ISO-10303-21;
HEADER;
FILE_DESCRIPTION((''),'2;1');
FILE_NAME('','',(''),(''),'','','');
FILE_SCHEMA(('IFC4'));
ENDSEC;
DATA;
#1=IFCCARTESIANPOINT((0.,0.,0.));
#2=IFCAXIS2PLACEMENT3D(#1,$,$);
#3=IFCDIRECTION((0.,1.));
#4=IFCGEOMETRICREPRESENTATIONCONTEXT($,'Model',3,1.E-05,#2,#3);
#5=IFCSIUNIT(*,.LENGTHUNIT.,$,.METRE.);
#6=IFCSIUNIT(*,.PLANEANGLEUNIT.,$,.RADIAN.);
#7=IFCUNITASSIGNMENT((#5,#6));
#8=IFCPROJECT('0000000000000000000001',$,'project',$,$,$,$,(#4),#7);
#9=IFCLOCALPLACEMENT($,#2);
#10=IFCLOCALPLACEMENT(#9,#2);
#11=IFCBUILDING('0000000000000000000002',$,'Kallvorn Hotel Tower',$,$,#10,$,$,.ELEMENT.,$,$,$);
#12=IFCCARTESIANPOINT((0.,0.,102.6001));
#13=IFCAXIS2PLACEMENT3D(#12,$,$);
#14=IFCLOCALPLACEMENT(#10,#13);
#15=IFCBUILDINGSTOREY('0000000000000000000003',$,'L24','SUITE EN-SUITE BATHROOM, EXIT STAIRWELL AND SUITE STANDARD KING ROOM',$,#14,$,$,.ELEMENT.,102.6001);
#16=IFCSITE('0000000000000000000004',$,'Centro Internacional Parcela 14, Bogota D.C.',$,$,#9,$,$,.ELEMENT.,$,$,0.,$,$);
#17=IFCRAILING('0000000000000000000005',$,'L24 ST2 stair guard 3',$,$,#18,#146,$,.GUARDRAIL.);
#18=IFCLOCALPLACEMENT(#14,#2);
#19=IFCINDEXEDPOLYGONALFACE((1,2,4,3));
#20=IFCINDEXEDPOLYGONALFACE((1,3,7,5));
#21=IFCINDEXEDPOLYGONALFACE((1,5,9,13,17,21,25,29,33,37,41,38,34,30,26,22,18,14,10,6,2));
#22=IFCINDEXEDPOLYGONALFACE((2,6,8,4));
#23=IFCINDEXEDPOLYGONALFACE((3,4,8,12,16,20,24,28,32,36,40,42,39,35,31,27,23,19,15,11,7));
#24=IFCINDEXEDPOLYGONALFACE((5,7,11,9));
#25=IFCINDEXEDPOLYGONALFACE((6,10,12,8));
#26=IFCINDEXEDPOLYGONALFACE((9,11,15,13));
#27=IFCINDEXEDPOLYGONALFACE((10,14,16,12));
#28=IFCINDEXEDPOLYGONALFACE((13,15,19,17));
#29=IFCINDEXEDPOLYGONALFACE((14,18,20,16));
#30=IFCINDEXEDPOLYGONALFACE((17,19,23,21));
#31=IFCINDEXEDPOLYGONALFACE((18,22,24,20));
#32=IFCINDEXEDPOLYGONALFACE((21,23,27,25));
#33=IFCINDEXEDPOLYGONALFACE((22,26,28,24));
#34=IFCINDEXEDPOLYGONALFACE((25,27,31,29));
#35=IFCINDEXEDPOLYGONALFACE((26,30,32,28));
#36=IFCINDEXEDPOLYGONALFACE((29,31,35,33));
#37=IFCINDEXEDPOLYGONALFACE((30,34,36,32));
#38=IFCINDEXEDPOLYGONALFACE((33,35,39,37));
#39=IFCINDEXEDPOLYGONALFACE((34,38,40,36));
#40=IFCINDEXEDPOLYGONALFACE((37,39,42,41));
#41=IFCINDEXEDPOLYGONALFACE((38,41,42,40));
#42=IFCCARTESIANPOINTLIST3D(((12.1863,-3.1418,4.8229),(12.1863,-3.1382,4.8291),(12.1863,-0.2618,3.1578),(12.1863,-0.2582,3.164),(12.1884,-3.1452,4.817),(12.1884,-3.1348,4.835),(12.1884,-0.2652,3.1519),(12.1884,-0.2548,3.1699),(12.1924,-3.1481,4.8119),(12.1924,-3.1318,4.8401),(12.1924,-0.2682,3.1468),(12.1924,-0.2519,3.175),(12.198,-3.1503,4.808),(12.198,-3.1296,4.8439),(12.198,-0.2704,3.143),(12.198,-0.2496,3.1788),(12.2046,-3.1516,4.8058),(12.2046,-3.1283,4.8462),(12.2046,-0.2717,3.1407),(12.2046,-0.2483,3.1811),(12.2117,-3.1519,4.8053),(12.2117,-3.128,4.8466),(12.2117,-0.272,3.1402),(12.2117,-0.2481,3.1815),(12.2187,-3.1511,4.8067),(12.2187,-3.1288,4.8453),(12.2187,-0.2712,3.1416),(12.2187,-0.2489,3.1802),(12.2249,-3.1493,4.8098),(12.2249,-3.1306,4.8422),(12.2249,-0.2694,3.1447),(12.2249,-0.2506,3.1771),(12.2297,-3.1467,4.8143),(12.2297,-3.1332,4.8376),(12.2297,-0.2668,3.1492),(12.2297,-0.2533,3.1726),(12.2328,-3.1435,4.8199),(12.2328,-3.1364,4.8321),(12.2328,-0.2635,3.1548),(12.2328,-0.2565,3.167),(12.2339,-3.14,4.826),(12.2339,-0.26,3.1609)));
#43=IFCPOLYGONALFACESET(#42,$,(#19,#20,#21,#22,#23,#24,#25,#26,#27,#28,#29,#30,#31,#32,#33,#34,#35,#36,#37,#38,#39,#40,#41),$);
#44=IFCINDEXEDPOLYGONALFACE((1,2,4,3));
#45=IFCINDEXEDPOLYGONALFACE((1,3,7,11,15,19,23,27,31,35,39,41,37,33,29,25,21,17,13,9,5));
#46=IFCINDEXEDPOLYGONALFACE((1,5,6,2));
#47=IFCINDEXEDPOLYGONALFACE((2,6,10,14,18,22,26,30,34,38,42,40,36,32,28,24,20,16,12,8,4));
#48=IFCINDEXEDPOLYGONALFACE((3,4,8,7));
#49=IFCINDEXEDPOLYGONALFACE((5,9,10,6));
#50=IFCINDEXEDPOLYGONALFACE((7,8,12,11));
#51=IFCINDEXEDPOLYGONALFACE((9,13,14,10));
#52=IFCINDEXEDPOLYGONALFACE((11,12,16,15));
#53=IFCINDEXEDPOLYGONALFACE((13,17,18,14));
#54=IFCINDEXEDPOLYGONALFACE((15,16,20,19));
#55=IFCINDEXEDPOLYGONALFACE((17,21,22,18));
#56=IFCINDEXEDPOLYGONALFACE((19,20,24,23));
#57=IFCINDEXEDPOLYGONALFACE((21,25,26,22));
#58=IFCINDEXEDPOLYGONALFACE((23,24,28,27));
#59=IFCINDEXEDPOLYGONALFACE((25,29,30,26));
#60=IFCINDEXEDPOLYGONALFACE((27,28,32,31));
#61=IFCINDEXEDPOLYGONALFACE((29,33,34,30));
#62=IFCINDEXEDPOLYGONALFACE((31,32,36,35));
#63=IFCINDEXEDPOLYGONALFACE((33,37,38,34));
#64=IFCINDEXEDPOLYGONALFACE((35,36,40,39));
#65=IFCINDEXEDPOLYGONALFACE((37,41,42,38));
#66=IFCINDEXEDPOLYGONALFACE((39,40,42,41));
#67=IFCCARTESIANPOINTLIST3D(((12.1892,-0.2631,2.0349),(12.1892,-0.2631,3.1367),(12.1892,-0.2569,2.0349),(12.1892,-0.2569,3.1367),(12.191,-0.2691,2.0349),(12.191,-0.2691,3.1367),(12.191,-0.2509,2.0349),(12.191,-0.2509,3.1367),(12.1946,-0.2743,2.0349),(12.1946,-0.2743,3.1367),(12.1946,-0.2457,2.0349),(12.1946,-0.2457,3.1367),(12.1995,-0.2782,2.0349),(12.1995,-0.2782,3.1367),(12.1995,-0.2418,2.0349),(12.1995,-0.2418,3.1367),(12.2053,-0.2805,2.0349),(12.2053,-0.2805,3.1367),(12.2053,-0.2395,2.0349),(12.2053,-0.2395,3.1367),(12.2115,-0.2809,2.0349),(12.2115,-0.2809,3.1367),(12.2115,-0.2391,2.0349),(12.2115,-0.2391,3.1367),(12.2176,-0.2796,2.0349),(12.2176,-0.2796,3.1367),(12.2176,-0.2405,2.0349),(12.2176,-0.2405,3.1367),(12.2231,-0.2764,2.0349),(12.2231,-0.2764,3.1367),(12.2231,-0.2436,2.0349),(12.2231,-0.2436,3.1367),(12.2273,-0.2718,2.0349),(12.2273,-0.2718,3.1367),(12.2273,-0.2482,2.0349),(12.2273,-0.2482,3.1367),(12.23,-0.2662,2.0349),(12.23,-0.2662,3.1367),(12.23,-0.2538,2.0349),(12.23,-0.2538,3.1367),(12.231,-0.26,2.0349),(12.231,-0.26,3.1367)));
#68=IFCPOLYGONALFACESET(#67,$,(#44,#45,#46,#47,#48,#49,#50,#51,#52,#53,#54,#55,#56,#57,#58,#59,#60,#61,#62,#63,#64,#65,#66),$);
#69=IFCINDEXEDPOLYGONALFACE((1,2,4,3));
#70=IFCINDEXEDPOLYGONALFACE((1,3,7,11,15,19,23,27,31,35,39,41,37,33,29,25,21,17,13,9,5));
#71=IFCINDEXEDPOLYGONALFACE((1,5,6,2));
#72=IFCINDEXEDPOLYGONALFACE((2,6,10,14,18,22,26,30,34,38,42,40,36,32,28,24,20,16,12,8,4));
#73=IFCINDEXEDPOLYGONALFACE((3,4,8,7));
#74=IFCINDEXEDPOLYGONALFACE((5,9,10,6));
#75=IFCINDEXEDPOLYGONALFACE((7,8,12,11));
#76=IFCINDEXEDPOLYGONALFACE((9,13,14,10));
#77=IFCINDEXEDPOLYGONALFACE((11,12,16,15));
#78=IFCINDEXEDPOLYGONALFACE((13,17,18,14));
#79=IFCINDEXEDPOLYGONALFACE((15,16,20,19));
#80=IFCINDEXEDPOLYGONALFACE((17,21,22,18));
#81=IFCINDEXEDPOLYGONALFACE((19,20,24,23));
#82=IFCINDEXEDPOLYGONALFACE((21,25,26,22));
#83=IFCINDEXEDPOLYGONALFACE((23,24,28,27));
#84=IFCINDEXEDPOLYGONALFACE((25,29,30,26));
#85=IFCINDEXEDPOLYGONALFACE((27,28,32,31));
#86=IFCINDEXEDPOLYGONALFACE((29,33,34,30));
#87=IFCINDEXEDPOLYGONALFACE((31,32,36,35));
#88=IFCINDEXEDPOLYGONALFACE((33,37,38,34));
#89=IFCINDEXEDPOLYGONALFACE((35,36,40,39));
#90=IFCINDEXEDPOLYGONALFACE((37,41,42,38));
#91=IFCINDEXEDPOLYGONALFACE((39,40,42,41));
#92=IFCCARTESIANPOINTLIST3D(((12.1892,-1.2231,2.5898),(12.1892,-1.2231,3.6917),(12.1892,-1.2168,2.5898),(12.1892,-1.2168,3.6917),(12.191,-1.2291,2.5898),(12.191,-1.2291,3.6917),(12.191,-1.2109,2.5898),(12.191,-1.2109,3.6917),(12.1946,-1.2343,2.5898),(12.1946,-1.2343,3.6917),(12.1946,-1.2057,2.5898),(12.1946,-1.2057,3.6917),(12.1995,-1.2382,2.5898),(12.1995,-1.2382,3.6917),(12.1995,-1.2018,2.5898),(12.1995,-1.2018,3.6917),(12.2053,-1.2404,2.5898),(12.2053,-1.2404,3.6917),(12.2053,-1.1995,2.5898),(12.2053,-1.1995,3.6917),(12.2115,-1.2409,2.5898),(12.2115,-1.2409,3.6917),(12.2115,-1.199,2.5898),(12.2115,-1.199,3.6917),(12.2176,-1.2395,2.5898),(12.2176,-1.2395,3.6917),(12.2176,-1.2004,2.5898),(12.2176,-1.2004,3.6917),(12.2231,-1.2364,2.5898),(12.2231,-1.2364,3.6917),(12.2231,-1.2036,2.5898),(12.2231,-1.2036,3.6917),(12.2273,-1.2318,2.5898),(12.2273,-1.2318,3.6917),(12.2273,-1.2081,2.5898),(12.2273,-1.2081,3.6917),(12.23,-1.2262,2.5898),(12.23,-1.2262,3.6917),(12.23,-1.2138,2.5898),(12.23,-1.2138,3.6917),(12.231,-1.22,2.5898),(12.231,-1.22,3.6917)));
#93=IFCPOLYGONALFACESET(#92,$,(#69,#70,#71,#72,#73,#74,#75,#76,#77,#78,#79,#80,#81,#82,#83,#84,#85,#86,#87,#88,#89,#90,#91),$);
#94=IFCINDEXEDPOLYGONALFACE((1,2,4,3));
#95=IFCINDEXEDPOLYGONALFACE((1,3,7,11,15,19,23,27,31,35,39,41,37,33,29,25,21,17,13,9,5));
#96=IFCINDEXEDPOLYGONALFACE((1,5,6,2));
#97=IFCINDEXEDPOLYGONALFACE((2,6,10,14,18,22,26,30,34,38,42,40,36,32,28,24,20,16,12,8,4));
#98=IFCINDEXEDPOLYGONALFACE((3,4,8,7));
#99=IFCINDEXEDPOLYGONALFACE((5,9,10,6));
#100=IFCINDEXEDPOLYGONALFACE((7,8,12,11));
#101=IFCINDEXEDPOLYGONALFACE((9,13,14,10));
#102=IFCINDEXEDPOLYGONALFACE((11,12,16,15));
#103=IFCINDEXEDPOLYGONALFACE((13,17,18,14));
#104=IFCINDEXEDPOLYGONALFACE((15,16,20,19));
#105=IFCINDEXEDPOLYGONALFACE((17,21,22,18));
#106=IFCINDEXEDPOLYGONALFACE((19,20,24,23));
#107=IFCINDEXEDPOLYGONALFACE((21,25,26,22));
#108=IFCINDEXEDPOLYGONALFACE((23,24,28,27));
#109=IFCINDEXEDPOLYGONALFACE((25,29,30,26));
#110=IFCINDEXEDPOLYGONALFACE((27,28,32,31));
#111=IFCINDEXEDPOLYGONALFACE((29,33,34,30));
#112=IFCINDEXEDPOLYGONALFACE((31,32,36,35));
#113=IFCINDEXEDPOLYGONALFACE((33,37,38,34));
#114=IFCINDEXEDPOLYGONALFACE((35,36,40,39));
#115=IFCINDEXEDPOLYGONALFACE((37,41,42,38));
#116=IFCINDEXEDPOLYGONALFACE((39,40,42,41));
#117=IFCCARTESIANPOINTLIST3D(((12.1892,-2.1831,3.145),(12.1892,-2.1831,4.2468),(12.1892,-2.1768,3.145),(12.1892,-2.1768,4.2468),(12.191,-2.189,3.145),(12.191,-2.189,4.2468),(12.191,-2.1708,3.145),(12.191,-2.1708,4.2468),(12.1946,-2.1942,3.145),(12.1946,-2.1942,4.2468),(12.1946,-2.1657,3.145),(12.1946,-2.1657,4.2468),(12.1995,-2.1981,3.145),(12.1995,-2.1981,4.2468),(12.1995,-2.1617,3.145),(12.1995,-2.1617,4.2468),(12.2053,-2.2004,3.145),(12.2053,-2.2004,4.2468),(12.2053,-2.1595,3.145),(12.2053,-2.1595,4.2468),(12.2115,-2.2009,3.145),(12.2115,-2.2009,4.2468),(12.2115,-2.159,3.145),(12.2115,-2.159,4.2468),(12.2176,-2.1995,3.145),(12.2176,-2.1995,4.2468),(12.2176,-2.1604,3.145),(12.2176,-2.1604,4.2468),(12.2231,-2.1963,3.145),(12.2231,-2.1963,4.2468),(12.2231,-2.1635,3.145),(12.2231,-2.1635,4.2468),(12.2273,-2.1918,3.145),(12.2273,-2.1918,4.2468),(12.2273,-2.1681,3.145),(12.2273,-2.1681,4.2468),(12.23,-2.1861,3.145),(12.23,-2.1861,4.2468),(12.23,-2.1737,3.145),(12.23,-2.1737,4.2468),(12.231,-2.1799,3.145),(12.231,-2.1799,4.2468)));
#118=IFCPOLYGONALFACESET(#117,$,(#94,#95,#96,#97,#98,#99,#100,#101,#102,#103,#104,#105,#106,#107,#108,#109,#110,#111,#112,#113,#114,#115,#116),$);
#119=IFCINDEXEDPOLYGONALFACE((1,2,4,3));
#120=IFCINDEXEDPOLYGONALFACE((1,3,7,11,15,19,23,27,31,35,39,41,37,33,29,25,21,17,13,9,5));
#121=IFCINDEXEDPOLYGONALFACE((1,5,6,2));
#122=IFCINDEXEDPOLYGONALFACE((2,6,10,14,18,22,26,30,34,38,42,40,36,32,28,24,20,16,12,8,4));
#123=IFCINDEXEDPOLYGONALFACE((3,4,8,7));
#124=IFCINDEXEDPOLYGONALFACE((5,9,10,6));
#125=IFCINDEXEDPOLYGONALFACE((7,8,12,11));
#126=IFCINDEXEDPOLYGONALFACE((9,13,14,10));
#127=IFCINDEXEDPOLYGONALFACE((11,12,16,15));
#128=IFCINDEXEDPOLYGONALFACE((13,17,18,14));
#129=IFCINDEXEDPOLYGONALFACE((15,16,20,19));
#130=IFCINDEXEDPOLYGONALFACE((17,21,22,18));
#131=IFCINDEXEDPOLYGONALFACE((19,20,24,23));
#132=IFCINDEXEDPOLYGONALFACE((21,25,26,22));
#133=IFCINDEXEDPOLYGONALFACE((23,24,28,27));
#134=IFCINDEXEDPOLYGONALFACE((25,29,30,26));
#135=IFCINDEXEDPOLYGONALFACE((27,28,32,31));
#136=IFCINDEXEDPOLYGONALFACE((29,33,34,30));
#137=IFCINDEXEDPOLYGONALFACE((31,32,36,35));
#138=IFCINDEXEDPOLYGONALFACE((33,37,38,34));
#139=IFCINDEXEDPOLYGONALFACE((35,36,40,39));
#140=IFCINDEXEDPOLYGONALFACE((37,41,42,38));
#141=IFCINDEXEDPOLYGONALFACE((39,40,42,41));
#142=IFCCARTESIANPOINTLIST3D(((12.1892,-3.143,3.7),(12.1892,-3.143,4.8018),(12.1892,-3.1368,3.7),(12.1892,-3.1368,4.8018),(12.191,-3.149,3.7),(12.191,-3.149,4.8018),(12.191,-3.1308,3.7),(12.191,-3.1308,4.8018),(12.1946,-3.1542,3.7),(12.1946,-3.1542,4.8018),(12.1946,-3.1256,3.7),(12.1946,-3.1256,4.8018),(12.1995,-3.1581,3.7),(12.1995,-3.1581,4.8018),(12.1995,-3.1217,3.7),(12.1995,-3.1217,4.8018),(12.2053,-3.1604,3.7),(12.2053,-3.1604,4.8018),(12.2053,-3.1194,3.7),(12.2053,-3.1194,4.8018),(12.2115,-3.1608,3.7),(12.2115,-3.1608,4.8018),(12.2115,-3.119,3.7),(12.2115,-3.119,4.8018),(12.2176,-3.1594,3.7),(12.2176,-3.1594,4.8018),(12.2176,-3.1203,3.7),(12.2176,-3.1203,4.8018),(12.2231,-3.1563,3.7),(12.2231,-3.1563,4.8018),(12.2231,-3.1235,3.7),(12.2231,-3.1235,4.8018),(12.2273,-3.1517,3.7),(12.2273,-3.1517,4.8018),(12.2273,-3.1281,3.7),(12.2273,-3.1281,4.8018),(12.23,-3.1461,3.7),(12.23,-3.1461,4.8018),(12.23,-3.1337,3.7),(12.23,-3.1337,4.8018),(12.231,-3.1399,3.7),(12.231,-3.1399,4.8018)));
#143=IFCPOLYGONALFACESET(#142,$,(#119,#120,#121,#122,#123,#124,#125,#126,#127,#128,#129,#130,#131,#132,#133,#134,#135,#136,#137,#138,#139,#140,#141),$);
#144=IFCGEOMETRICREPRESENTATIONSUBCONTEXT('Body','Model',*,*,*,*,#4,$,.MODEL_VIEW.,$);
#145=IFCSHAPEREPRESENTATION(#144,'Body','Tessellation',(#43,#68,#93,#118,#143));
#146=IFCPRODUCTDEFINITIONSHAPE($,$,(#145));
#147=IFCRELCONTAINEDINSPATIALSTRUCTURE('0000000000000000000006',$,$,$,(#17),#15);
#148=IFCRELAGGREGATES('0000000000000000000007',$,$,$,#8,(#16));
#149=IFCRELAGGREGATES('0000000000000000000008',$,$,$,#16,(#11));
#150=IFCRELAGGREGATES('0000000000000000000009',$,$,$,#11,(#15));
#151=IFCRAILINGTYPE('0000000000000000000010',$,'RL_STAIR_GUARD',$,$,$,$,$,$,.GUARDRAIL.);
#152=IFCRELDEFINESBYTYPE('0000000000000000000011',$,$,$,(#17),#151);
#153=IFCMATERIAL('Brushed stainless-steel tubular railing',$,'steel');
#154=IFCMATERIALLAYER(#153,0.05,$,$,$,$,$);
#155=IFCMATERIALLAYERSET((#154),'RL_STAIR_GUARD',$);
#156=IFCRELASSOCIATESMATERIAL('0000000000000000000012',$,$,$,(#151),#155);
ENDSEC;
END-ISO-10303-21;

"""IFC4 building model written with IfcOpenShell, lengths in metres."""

from ifc_helpers import new_model, si_unit, direction, frame, origin, origin_2d, place, context, subcontext, project, spatial, circle, extrude, material, layer, layer_set, type_object, element, save


model = new_model("IFC4")

# Units and contexts
model_context = context("Model", 3, precision=1e-05, world=origin(), true_north=direction((0.0, 1.0)))
body_context = subcontext(model_context, "Body", "Model", "MODEL_VIEW")
ifc_project = project(units=[si_unit("LENGTHUNIT", "METRE"), si_unit("PLANEANGLEUNIT", "RADIAN")], contexts=[model_context])

# Site, building, storey
site_placement = place(None, origin())
site = spatial("IfcSite", under=ifc_project, at=site_placement, Name="Centro Internacional Parcela 14, Bogota D.C.", CompositionType="ELEMENT", RefElevation=0.0)
building_placement = place(site_placement, origin())
building = spatial("IfcBuilding", under=site, at=building_placement, Name="Kallvorn Hotel Tower", CompositionType="ELEMENT")
storey_placement = place(building_placement, frame((0.0, 0.0, 102.6001)))
storey = spatial("IfcBuildingStorey", under=building, at=storey_placement, Name="L24", Description="SUITE EN-SUITE BATHROOM, EXIT STAIRWELL AND SUITE STANDARD KING ROOM", CompositionType="ELEMENT", Elevation=102.6001)

# Railing
ifc_material_1 = material(Name="Brushed stainless-steel tubular railing", Category="steel")
ifc_layer_1 = layer(ifc_material_1, 0.05)
ifc_layer_set_1 = layer_set([ifc_layer_1], Name="RL_STAIR_GUARD")
railing_type_1 = type_object("IfcRailingType", Name="RL_STAIR_GUARD", PredefinedType="GUARDRAIL", material=ifc_layer_set_1)
railing_1_placement = place(storey_placement, frame((12.21, -0.26, 2.0349)))
element("IfcRailing", 1, at=railing_1_placement, inside=storey, type_object=railing_type_1, Name="L24 ST2 stair guard 3", PredefinedType="GUARDRAIL", context=body_context, shape_type="SweptSolid", body=[
    extrude(circle(Radius=0.0239, at=origin_2d()), frame((0.0, 0.0, 1.126), z_axis=(0.0, -0.865721, 0.500527), x_axis=(1.0, 0.0, 0.0)), (0.0, 0.0, 1.0), 3.3267),
    extrude(circle(Radius=0.021, at=origin_2d()), origin(), (0.0, 0.0, 1.0), 1.1018),
    extrude(circle(Radius=0.021, at=origin_2d()), frame((0.0, -0.96, 0.5549)), (0.0, 0.0, 1.0), 1.1018),
    extrude(circle(Radius=0.021, at=origin_2d()), frame((0.0, -1.9199, 1.1101)), (0.0, 0.0, 1.0), 1.1018),
    extrude(circle(Radius=0.021, at=origin_2d()), frame((0.0, -2.8799, 1.665)), (0.0, 0.0, 1.0), 1.1018),
])

save(model, "model.ifc")
